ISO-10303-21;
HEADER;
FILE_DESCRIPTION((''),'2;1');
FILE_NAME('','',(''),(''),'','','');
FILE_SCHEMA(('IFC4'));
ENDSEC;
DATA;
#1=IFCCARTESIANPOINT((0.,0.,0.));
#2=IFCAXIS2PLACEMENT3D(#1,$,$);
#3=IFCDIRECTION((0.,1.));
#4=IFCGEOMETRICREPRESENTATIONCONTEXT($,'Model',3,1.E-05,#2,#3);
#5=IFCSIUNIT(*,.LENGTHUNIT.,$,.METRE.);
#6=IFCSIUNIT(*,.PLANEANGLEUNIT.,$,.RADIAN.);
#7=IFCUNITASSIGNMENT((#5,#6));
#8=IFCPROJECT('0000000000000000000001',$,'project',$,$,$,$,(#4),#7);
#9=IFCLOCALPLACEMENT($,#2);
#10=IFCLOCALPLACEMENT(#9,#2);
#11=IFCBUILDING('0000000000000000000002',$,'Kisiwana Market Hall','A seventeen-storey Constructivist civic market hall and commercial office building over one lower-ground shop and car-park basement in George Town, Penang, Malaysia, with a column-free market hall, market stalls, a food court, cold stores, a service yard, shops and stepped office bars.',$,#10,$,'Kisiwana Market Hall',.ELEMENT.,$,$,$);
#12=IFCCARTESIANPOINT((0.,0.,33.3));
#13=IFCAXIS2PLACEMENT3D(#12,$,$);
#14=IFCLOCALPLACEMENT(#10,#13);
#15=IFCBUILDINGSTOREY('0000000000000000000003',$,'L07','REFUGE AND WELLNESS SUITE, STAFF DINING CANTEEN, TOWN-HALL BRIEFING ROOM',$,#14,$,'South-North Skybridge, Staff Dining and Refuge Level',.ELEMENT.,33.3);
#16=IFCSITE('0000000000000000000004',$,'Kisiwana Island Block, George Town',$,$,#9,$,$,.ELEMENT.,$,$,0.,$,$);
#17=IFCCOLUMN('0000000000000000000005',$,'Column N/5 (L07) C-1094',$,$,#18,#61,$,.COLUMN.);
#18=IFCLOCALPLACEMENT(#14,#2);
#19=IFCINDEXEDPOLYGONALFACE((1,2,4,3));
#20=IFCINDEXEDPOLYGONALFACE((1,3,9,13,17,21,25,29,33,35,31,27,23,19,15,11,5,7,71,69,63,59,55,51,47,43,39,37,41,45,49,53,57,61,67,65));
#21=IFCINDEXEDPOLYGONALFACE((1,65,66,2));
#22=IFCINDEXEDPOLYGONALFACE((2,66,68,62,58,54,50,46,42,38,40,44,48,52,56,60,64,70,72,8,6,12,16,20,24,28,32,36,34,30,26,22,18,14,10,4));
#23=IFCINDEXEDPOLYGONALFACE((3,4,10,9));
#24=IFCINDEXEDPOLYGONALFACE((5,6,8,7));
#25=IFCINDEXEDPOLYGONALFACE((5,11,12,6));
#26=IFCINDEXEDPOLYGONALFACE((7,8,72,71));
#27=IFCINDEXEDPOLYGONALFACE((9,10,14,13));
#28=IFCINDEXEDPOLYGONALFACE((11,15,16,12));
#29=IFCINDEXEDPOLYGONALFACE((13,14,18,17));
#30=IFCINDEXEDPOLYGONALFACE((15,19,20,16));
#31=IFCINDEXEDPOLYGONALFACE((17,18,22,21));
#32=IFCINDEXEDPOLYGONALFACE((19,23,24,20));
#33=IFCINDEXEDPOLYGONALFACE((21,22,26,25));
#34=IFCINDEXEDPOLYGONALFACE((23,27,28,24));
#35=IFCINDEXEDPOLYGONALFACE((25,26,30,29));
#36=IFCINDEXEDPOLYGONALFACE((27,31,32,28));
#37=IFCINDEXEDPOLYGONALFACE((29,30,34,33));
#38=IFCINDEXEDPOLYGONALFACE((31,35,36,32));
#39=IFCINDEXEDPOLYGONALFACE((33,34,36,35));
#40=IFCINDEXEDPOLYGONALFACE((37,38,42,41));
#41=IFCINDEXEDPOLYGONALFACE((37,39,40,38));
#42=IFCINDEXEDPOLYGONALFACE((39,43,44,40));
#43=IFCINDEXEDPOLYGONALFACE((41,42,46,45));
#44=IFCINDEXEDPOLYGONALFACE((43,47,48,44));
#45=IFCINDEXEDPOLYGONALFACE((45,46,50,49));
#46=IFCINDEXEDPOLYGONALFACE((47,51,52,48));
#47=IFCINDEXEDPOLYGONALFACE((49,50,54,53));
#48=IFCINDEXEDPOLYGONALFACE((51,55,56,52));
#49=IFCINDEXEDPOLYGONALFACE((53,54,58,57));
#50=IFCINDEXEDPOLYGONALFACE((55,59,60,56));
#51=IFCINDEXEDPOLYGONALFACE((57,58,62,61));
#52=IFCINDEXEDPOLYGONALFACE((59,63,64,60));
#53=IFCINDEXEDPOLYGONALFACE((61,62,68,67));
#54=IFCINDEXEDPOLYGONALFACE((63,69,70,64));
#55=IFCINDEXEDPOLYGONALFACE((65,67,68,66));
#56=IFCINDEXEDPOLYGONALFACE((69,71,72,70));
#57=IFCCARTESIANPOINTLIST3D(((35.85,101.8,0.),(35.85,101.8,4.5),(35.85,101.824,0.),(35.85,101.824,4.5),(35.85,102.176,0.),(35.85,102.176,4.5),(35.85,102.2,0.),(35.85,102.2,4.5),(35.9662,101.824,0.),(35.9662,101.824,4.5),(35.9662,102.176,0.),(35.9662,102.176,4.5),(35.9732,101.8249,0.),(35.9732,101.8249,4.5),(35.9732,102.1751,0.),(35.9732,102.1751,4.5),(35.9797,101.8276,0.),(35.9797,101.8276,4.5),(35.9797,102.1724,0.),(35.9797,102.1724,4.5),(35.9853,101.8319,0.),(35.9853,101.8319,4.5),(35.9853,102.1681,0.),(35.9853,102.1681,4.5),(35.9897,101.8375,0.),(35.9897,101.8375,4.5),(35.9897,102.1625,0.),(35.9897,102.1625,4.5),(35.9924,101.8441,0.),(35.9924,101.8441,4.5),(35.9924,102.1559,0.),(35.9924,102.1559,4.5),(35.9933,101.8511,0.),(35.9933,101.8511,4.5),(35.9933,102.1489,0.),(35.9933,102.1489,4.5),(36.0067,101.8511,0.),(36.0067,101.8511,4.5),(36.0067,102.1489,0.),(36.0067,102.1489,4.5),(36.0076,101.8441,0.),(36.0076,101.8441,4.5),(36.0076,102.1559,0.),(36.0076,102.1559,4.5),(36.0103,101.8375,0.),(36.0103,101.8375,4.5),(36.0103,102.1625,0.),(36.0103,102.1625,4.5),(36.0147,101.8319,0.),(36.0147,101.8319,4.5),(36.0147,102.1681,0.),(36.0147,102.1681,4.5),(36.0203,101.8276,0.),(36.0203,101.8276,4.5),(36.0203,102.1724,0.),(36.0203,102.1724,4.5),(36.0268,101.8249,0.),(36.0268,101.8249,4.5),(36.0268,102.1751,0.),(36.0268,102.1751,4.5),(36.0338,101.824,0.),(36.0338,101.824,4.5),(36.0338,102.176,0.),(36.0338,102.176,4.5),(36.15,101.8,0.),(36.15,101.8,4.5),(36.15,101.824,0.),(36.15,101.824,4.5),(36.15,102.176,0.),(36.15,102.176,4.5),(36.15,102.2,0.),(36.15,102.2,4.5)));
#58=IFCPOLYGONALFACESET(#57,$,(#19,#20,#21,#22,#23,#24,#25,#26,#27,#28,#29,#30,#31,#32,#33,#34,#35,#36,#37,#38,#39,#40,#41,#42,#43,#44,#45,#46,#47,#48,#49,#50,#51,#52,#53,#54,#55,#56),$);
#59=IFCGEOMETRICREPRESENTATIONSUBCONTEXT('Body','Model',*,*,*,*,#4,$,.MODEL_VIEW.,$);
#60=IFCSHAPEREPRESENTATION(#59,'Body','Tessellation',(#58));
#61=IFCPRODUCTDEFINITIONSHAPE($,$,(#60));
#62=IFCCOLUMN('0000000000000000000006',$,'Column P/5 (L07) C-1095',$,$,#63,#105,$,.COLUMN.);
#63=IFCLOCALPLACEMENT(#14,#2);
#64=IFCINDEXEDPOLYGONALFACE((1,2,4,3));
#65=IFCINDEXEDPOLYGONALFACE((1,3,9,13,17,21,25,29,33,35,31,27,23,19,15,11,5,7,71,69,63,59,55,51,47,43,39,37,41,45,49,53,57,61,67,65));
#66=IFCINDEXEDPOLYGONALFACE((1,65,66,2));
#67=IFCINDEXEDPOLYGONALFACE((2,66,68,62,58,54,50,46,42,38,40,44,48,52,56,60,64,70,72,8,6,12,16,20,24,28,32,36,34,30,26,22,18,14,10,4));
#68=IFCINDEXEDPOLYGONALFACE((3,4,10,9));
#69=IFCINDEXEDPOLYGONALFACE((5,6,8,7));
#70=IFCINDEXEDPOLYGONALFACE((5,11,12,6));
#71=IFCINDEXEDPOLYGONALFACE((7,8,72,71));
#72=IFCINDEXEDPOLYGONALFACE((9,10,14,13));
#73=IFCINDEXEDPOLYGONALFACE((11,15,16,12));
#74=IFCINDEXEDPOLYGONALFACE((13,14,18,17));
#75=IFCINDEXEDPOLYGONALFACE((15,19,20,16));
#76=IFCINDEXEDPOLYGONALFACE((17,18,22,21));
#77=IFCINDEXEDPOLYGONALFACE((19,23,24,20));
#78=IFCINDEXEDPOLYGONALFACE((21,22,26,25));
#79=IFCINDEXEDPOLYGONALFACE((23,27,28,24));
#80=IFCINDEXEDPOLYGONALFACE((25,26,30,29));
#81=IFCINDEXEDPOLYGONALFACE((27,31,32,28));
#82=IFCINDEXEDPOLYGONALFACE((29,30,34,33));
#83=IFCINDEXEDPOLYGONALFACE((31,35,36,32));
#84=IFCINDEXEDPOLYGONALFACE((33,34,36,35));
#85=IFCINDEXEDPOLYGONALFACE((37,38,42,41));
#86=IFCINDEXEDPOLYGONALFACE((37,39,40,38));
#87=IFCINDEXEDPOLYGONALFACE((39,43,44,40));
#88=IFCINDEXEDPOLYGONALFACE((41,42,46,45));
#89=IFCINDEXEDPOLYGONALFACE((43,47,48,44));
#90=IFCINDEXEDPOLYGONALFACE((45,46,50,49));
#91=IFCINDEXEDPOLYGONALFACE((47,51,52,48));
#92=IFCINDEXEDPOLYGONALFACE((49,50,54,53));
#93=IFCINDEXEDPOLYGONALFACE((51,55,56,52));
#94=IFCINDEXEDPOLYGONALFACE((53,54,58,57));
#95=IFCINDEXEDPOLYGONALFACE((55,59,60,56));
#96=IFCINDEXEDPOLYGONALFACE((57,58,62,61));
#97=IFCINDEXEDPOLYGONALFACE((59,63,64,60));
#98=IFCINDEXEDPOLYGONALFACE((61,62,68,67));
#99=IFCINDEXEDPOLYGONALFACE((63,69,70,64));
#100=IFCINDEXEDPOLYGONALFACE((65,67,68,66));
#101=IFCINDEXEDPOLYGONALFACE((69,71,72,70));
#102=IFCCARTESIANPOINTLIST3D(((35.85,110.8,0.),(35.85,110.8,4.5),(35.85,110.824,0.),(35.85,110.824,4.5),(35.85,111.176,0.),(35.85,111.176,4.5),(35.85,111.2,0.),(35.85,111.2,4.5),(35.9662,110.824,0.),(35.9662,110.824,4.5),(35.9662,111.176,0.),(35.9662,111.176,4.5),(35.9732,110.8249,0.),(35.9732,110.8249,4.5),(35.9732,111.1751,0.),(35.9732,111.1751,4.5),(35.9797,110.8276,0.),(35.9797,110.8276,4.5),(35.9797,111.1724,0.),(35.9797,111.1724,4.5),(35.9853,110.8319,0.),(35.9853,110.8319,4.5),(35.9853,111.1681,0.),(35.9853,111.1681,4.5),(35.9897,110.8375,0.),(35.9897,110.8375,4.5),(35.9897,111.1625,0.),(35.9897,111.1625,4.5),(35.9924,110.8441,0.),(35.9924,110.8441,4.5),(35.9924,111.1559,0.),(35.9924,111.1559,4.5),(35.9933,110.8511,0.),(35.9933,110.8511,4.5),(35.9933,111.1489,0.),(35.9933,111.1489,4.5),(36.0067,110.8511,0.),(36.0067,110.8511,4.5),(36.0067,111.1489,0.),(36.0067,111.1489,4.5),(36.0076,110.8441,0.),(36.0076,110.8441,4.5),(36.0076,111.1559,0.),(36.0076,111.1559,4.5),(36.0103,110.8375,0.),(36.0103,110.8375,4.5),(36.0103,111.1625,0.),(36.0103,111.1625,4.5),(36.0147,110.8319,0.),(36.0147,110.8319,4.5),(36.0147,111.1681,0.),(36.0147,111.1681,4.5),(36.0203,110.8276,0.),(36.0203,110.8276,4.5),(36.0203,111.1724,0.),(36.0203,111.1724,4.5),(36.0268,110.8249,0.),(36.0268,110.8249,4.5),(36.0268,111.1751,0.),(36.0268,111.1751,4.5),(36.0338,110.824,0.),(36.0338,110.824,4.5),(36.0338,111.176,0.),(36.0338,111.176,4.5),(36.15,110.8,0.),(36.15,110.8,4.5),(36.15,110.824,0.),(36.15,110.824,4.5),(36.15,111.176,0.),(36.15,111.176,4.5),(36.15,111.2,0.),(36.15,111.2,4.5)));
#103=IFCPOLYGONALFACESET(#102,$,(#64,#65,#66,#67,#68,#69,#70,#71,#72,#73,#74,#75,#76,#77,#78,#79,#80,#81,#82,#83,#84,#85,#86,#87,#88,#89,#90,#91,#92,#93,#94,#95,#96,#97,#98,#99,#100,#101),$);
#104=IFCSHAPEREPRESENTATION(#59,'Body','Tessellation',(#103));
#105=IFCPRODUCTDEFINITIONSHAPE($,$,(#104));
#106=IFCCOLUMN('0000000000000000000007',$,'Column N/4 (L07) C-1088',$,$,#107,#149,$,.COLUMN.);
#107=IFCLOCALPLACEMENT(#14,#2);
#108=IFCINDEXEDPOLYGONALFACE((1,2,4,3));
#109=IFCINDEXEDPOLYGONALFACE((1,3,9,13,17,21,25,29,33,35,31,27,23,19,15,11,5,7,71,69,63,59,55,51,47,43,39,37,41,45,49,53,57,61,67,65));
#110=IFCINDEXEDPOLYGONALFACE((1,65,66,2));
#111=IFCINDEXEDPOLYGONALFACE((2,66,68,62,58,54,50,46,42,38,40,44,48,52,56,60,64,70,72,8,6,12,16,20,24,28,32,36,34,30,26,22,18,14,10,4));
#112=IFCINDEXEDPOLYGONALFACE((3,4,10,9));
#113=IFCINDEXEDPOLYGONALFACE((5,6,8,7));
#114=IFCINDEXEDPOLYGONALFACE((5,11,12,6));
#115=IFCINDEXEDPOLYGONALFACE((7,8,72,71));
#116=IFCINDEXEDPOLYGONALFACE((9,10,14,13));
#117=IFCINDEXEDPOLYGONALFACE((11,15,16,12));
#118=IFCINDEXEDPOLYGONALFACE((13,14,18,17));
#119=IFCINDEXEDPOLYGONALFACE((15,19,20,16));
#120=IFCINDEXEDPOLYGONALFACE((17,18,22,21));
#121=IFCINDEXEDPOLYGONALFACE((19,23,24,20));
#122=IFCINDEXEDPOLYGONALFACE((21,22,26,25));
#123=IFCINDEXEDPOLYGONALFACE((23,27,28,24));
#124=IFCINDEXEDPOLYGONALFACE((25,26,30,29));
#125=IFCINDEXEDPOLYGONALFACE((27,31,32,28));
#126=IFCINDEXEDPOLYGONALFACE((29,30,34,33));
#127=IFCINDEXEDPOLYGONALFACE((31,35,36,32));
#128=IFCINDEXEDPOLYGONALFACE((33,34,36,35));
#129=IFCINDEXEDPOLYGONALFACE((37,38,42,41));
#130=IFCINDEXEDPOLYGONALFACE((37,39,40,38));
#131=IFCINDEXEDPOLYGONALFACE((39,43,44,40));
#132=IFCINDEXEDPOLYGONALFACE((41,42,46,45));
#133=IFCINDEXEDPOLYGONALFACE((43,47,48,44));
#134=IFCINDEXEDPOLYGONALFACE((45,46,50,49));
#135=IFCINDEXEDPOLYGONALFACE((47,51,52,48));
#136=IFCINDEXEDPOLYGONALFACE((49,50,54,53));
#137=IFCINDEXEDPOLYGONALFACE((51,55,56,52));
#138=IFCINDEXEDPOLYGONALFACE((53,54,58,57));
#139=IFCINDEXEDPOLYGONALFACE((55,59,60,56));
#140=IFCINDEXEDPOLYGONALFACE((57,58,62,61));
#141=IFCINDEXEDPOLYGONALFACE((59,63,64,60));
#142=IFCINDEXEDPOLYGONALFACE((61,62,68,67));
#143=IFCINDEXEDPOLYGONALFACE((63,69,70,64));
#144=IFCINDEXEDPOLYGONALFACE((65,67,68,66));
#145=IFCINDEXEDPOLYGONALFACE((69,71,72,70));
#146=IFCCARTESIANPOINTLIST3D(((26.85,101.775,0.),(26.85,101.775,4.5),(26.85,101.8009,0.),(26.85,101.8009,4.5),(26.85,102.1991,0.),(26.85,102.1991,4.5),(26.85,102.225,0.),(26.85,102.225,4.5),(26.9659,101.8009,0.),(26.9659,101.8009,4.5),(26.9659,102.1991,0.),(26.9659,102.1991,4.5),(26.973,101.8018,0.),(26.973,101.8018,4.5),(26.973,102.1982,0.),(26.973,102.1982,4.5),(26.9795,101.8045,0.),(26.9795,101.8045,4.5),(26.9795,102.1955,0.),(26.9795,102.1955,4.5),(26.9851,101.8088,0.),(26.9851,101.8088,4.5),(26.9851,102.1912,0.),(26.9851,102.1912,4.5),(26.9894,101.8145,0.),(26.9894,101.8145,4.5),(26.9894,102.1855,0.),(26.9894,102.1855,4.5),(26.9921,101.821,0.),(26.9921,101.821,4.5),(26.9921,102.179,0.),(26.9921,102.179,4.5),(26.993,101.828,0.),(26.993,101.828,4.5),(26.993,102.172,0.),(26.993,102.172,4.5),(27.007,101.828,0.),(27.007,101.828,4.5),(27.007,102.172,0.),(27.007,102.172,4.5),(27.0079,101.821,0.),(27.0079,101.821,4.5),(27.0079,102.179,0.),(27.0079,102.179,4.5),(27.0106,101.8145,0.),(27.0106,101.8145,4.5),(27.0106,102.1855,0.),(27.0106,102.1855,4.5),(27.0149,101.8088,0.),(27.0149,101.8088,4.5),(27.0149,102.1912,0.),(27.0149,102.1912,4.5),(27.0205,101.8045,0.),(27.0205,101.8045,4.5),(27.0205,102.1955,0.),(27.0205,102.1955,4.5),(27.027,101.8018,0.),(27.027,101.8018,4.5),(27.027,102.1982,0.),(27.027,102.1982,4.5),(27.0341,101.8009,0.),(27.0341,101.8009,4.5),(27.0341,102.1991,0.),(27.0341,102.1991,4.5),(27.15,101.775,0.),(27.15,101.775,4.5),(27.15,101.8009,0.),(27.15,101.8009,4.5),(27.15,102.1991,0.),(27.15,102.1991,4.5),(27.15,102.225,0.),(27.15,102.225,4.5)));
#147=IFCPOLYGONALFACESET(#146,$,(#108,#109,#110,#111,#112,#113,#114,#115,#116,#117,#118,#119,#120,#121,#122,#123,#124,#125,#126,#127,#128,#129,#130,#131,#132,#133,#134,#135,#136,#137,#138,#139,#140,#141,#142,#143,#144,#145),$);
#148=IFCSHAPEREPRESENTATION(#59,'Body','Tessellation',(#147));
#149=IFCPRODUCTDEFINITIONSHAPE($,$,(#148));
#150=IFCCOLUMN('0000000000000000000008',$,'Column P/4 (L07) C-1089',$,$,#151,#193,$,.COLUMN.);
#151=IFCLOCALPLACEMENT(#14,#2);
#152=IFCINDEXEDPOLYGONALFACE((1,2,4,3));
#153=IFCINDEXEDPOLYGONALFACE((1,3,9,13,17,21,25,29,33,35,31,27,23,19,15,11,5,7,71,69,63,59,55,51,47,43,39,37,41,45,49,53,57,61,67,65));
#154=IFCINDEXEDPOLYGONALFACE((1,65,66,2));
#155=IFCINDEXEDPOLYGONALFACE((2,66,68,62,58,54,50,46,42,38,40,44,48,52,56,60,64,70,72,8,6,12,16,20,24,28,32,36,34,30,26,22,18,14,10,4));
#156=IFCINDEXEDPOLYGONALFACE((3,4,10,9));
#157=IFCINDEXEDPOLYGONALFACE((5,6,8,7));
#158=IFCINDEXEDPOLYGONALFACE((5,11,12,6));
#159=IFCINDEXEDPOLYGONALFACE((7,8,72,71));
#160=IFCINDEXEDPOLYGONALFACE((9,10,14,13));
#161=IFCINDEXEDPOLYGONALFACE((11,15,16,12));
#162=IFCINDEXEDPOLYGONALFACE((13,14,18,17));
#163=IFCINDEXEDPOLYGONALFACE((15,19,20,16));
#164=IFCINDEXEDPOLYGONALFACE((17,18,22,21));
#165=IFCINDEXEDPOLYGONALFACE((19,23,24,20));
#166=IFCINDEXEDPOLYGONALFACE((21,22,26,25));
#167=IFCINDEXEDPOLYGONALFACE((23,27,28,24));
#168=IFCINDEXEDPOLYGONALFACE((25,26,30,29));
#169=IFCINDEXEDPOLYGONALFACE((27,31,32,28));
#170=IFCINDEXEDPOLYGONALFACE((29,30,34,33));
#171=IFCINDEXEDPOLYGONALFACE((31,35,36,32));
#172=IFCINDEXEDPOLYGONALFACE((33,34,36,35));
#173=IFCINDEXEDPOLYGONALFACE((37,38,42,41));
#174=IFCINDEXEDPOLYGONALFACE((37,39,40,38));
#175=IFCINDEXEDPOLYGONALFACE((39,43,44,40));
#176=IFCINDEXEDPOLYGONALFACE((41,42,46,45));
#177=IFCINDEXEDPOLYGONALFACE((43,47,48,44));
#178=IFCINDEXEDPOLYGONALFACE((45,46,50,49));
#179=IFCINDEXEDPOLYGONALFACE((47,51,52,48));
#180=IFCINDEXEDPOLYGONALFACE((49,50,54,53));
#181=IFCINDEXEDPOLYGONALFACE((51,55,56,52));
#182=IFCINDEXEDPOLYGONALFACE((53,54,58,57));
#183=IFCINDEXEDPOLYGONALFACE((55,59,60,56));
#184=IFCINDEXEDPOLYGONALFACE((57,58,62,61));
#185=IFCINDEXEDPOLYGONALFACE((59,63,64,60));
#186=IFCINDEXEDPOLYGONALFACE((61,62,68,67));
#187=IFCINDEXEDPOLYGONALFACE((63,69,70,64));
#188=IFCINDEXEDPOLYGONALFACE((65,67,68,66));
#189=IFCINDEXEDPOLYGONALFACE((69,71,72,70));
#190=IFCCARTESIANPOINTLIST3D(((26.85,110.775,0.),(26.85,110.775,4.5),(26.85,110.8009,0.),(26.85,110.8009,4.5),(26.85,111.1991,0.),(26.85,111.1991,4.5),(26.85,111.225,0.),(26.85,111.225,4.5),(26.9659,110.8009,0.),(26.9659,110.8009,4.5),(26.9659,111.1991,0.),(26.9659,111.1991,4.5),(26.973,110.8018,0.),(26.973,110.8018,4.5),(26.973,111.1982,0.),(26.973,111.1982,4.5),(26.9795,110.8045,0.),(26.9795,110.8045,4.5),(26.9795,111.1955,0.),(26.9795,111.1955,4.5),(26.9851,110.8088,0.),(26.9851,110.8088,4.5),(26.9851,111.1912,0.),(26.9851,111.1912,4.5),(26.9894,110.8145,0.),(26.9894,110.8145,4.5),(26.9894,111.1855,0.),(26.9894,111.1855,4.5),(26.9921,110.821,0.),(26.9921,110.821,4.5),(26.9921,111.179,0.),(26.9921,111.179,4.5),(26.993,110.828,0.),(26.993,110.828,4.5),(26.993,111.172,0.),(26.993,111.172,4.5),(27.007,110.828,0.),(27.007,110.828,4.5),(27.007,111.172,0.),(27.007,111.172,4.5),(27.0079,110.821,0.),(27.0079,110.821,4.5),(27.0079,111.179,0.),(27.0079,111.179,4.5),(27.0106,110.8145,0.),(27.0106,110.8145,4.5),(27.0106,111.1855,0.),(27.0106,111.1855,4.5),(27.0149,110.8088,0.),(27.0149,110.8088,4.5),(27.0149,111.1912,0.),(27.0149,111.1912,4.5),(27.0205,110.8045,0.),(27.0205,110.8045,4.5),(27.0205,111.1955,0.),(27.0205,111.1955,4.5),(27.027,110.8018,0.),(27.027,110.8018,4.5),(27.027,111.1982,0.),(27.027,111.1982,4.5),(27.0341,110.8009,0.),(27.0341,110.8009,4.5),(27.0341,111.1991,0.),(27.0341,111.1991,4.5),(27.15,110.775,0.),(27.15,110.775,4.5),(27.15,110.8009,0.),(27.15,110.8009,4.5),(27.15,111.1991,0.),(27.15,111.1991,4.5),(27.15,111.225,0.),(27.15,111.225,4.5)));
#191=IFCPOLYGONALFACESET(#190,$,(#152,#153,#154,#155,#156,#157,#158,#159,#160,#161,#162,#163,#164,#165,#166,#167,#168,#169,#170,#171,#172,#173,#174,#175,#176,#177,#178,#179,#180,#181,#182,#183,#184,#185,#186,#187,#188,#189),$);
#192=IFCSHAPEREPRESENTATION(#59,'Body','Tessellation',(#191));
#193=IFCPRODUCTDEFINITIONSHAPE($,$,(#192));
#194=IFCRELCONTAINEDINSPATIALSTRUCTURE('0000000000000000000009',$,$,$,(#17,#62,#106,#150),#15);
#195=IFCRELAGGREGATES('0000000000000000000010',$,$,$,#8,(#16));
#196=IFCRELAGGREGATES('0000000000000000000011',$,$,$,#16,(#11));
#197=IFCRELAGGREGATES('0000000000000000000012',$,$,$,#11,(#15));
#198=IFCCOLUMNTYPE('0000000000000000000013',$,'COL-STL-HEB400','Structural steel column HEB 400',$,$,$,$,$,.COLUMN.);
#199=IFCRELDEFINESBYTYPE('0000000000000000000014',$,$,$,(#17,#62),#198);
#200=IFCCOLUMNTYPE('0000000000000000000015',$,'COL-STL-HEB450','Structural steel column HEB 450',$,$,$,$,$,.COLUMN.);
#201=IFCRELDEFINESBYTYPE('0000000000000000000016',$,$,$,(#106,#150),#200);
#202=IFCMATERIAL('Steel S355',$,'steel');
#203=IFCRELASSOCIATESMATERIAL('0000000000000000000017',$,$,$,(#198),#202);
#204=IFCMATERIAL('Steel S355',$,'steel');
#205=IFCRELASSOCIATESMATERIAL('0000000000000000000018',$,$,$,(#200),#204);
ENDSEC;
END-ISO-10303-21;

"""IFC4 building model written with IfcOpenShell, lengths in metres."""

from ifc_helpers import new_model, si_unit, direction, frame, origin, origin_2d, place, context, subcontext, project, spatial, i_section, extrude, material, material_profile, profile_set, type_object, element, save


model = new_model("IFC4")

# Units and contexts
model_context = context("Model", 3, precision=1e-05, world=origin(), true_north=direction((0.0, 1.0)))
body_context = subcontext(model_context, "Body", "Model", "MODEL_VIEW")
ifc_project = project(units=[si_unit("LENGTHUNIT", "METRE"), si_unit("PLANEANGLEUNIT", "RADIAN")], contexts=[model_context])

# Site, building, storey
site_placement = place(None, origin())
site = spatial("IfcSite", under=ifc_project, at=site_placement, Name="Kisiwana Island Block, George Town", CompositionType="ELEMENT", RefElevation=0.0)
building_placement = place(site_placement, origin())
building = spatial("IfcBuilding", under=site, at=building_placement, Name="Kisiwana Market Hall", Description="A seventeen-storey Constructivist civic market hall and commercial office building over one lower-ground shop and car-park basement in George Town, Penang, Malaysia, with a column-free market hall, market stalls, a food court, cold stores, a service yard, shops and stepped office bars.", LongName="Kisiwana Market Hall", CompositionType="ELEMENT")
storey_placement = place(building_placement, frame((0.0, 0.0, 33.3)))
storey = spatial("IfcBuildingStorey", under=building, at=storey_placement, Name="L07", Description="REFUGE AND WELLNESS SUITE, STAFF DINING CANTEEN, TOWN-HALL BRIEFING ROOM", LongName="South-North Skybridge, Staff Dining and Refuge Level", CompositionType="ELEMENT", Elevation=33.3)

# Columns
ifc_material_1 = material(Name="Steel S355", Category="steel")
ifc_material_profile_1 = material_profile(ifc_material_1, i_section(OverallWidth=0.3, OverallDepth=0.3999, WebThickness=0.0134, FlangeThickness=0.0239, FilletRadius=0.0271, at=origin_2d()), Name="HEB 400")
ifc_profile_set_1 = profile_set([ifc_material_profile_1], Name="Steel S355")
column_type_1 = type_object("IfcColumnType", Name="COL-STL-HEB400", Description="Structural steel column HEB 400", PredefinedType="COLUMN", material=ifc_profile_set_1)
for number, where, z_axis, x_axis, name in (
    (1, (36.0, 102.0, 0.0), (0.0, 0.0, 1.0), (1.0, 0.0, 0.0), "Column N/5 (L07) C-1094"),
    (2, (36.0, 111.0, 0.0), (0.0, 0.0, 1.0), (1.0, 0.0, 0.0), "Column P/5 (L07) C-1095"),
):
    element("IfcColumn", number, at=place(storey_placement, frame(where, z_axis=z_axis, x_axis=x_axis)), inside=storey, type_object=column_type_1, Name=name, PredefinedType="COLUMN", context=body_context, shape_type="SweptSolid", body=[
        extrude(i_section(OverallWidth=0.3, OverallDepth=0.3999, WebThickness=0.0134, FlangeThickness=0.0239, FilletRadius=0.0271, at=origin_2d()), origin(), (0.0, 0.0, 1.0), 4.5),
    ])
ifc_material_2 = material(Name="Steel S355", Category="steel")
ifc_material_profile_2 = material_profile(ifc_material_2, i_section(OverallWidth=0.3, OverallDepth=0.45, WebThickness=0.0139, FlangeThickness=0.0259, FilletRadius=0.0271, at=origin_2d()), Name="HEB 450")
ifc_profile_set_2 = profile_set([ifc_material_profile_2], Name="Steel S355")
column_type_2 = type_object("IfcColumnType", Name="COL-STL-HEB450", Description="Structural steel column HEB 450", PredefinedType="COLUMN", material=ifc_profile_set_2)
for number, where, z_axis, x_axis, name in (
    (3, (27.0, 102.0, 0.0), (0.0, 0.0, 1.0), (1.0, 0.0, 0.0), "Column N/4 (L07) C-1088"),
    (4, (27.0, 111.0, 0.0), (0.0, 0.0, 1.0), (1.0, 0.0, 0.0), "Column P/4 (L07) C-1089"),
):
    element("IfcColumn", number, at=place(storey_placement, frame(where, z_axis=z_axis, x_axis=x_axis)), inside=storey, type_object=column_type_2, Name=name, PredefinedType="COLUMN", context=body_context, shape_type="SweptSolid", body=[
        extrude(i_section(OverallWidth=0.3, OverallDepth=0.45, WebThickness=0.0139, FlangeThickness=0.0259, FilletRadius=0.0271, at=origin_2d()), origin(), (0.0, 0.0, 1.0), 4.5),
    ])

save(model, "model.ifc")
